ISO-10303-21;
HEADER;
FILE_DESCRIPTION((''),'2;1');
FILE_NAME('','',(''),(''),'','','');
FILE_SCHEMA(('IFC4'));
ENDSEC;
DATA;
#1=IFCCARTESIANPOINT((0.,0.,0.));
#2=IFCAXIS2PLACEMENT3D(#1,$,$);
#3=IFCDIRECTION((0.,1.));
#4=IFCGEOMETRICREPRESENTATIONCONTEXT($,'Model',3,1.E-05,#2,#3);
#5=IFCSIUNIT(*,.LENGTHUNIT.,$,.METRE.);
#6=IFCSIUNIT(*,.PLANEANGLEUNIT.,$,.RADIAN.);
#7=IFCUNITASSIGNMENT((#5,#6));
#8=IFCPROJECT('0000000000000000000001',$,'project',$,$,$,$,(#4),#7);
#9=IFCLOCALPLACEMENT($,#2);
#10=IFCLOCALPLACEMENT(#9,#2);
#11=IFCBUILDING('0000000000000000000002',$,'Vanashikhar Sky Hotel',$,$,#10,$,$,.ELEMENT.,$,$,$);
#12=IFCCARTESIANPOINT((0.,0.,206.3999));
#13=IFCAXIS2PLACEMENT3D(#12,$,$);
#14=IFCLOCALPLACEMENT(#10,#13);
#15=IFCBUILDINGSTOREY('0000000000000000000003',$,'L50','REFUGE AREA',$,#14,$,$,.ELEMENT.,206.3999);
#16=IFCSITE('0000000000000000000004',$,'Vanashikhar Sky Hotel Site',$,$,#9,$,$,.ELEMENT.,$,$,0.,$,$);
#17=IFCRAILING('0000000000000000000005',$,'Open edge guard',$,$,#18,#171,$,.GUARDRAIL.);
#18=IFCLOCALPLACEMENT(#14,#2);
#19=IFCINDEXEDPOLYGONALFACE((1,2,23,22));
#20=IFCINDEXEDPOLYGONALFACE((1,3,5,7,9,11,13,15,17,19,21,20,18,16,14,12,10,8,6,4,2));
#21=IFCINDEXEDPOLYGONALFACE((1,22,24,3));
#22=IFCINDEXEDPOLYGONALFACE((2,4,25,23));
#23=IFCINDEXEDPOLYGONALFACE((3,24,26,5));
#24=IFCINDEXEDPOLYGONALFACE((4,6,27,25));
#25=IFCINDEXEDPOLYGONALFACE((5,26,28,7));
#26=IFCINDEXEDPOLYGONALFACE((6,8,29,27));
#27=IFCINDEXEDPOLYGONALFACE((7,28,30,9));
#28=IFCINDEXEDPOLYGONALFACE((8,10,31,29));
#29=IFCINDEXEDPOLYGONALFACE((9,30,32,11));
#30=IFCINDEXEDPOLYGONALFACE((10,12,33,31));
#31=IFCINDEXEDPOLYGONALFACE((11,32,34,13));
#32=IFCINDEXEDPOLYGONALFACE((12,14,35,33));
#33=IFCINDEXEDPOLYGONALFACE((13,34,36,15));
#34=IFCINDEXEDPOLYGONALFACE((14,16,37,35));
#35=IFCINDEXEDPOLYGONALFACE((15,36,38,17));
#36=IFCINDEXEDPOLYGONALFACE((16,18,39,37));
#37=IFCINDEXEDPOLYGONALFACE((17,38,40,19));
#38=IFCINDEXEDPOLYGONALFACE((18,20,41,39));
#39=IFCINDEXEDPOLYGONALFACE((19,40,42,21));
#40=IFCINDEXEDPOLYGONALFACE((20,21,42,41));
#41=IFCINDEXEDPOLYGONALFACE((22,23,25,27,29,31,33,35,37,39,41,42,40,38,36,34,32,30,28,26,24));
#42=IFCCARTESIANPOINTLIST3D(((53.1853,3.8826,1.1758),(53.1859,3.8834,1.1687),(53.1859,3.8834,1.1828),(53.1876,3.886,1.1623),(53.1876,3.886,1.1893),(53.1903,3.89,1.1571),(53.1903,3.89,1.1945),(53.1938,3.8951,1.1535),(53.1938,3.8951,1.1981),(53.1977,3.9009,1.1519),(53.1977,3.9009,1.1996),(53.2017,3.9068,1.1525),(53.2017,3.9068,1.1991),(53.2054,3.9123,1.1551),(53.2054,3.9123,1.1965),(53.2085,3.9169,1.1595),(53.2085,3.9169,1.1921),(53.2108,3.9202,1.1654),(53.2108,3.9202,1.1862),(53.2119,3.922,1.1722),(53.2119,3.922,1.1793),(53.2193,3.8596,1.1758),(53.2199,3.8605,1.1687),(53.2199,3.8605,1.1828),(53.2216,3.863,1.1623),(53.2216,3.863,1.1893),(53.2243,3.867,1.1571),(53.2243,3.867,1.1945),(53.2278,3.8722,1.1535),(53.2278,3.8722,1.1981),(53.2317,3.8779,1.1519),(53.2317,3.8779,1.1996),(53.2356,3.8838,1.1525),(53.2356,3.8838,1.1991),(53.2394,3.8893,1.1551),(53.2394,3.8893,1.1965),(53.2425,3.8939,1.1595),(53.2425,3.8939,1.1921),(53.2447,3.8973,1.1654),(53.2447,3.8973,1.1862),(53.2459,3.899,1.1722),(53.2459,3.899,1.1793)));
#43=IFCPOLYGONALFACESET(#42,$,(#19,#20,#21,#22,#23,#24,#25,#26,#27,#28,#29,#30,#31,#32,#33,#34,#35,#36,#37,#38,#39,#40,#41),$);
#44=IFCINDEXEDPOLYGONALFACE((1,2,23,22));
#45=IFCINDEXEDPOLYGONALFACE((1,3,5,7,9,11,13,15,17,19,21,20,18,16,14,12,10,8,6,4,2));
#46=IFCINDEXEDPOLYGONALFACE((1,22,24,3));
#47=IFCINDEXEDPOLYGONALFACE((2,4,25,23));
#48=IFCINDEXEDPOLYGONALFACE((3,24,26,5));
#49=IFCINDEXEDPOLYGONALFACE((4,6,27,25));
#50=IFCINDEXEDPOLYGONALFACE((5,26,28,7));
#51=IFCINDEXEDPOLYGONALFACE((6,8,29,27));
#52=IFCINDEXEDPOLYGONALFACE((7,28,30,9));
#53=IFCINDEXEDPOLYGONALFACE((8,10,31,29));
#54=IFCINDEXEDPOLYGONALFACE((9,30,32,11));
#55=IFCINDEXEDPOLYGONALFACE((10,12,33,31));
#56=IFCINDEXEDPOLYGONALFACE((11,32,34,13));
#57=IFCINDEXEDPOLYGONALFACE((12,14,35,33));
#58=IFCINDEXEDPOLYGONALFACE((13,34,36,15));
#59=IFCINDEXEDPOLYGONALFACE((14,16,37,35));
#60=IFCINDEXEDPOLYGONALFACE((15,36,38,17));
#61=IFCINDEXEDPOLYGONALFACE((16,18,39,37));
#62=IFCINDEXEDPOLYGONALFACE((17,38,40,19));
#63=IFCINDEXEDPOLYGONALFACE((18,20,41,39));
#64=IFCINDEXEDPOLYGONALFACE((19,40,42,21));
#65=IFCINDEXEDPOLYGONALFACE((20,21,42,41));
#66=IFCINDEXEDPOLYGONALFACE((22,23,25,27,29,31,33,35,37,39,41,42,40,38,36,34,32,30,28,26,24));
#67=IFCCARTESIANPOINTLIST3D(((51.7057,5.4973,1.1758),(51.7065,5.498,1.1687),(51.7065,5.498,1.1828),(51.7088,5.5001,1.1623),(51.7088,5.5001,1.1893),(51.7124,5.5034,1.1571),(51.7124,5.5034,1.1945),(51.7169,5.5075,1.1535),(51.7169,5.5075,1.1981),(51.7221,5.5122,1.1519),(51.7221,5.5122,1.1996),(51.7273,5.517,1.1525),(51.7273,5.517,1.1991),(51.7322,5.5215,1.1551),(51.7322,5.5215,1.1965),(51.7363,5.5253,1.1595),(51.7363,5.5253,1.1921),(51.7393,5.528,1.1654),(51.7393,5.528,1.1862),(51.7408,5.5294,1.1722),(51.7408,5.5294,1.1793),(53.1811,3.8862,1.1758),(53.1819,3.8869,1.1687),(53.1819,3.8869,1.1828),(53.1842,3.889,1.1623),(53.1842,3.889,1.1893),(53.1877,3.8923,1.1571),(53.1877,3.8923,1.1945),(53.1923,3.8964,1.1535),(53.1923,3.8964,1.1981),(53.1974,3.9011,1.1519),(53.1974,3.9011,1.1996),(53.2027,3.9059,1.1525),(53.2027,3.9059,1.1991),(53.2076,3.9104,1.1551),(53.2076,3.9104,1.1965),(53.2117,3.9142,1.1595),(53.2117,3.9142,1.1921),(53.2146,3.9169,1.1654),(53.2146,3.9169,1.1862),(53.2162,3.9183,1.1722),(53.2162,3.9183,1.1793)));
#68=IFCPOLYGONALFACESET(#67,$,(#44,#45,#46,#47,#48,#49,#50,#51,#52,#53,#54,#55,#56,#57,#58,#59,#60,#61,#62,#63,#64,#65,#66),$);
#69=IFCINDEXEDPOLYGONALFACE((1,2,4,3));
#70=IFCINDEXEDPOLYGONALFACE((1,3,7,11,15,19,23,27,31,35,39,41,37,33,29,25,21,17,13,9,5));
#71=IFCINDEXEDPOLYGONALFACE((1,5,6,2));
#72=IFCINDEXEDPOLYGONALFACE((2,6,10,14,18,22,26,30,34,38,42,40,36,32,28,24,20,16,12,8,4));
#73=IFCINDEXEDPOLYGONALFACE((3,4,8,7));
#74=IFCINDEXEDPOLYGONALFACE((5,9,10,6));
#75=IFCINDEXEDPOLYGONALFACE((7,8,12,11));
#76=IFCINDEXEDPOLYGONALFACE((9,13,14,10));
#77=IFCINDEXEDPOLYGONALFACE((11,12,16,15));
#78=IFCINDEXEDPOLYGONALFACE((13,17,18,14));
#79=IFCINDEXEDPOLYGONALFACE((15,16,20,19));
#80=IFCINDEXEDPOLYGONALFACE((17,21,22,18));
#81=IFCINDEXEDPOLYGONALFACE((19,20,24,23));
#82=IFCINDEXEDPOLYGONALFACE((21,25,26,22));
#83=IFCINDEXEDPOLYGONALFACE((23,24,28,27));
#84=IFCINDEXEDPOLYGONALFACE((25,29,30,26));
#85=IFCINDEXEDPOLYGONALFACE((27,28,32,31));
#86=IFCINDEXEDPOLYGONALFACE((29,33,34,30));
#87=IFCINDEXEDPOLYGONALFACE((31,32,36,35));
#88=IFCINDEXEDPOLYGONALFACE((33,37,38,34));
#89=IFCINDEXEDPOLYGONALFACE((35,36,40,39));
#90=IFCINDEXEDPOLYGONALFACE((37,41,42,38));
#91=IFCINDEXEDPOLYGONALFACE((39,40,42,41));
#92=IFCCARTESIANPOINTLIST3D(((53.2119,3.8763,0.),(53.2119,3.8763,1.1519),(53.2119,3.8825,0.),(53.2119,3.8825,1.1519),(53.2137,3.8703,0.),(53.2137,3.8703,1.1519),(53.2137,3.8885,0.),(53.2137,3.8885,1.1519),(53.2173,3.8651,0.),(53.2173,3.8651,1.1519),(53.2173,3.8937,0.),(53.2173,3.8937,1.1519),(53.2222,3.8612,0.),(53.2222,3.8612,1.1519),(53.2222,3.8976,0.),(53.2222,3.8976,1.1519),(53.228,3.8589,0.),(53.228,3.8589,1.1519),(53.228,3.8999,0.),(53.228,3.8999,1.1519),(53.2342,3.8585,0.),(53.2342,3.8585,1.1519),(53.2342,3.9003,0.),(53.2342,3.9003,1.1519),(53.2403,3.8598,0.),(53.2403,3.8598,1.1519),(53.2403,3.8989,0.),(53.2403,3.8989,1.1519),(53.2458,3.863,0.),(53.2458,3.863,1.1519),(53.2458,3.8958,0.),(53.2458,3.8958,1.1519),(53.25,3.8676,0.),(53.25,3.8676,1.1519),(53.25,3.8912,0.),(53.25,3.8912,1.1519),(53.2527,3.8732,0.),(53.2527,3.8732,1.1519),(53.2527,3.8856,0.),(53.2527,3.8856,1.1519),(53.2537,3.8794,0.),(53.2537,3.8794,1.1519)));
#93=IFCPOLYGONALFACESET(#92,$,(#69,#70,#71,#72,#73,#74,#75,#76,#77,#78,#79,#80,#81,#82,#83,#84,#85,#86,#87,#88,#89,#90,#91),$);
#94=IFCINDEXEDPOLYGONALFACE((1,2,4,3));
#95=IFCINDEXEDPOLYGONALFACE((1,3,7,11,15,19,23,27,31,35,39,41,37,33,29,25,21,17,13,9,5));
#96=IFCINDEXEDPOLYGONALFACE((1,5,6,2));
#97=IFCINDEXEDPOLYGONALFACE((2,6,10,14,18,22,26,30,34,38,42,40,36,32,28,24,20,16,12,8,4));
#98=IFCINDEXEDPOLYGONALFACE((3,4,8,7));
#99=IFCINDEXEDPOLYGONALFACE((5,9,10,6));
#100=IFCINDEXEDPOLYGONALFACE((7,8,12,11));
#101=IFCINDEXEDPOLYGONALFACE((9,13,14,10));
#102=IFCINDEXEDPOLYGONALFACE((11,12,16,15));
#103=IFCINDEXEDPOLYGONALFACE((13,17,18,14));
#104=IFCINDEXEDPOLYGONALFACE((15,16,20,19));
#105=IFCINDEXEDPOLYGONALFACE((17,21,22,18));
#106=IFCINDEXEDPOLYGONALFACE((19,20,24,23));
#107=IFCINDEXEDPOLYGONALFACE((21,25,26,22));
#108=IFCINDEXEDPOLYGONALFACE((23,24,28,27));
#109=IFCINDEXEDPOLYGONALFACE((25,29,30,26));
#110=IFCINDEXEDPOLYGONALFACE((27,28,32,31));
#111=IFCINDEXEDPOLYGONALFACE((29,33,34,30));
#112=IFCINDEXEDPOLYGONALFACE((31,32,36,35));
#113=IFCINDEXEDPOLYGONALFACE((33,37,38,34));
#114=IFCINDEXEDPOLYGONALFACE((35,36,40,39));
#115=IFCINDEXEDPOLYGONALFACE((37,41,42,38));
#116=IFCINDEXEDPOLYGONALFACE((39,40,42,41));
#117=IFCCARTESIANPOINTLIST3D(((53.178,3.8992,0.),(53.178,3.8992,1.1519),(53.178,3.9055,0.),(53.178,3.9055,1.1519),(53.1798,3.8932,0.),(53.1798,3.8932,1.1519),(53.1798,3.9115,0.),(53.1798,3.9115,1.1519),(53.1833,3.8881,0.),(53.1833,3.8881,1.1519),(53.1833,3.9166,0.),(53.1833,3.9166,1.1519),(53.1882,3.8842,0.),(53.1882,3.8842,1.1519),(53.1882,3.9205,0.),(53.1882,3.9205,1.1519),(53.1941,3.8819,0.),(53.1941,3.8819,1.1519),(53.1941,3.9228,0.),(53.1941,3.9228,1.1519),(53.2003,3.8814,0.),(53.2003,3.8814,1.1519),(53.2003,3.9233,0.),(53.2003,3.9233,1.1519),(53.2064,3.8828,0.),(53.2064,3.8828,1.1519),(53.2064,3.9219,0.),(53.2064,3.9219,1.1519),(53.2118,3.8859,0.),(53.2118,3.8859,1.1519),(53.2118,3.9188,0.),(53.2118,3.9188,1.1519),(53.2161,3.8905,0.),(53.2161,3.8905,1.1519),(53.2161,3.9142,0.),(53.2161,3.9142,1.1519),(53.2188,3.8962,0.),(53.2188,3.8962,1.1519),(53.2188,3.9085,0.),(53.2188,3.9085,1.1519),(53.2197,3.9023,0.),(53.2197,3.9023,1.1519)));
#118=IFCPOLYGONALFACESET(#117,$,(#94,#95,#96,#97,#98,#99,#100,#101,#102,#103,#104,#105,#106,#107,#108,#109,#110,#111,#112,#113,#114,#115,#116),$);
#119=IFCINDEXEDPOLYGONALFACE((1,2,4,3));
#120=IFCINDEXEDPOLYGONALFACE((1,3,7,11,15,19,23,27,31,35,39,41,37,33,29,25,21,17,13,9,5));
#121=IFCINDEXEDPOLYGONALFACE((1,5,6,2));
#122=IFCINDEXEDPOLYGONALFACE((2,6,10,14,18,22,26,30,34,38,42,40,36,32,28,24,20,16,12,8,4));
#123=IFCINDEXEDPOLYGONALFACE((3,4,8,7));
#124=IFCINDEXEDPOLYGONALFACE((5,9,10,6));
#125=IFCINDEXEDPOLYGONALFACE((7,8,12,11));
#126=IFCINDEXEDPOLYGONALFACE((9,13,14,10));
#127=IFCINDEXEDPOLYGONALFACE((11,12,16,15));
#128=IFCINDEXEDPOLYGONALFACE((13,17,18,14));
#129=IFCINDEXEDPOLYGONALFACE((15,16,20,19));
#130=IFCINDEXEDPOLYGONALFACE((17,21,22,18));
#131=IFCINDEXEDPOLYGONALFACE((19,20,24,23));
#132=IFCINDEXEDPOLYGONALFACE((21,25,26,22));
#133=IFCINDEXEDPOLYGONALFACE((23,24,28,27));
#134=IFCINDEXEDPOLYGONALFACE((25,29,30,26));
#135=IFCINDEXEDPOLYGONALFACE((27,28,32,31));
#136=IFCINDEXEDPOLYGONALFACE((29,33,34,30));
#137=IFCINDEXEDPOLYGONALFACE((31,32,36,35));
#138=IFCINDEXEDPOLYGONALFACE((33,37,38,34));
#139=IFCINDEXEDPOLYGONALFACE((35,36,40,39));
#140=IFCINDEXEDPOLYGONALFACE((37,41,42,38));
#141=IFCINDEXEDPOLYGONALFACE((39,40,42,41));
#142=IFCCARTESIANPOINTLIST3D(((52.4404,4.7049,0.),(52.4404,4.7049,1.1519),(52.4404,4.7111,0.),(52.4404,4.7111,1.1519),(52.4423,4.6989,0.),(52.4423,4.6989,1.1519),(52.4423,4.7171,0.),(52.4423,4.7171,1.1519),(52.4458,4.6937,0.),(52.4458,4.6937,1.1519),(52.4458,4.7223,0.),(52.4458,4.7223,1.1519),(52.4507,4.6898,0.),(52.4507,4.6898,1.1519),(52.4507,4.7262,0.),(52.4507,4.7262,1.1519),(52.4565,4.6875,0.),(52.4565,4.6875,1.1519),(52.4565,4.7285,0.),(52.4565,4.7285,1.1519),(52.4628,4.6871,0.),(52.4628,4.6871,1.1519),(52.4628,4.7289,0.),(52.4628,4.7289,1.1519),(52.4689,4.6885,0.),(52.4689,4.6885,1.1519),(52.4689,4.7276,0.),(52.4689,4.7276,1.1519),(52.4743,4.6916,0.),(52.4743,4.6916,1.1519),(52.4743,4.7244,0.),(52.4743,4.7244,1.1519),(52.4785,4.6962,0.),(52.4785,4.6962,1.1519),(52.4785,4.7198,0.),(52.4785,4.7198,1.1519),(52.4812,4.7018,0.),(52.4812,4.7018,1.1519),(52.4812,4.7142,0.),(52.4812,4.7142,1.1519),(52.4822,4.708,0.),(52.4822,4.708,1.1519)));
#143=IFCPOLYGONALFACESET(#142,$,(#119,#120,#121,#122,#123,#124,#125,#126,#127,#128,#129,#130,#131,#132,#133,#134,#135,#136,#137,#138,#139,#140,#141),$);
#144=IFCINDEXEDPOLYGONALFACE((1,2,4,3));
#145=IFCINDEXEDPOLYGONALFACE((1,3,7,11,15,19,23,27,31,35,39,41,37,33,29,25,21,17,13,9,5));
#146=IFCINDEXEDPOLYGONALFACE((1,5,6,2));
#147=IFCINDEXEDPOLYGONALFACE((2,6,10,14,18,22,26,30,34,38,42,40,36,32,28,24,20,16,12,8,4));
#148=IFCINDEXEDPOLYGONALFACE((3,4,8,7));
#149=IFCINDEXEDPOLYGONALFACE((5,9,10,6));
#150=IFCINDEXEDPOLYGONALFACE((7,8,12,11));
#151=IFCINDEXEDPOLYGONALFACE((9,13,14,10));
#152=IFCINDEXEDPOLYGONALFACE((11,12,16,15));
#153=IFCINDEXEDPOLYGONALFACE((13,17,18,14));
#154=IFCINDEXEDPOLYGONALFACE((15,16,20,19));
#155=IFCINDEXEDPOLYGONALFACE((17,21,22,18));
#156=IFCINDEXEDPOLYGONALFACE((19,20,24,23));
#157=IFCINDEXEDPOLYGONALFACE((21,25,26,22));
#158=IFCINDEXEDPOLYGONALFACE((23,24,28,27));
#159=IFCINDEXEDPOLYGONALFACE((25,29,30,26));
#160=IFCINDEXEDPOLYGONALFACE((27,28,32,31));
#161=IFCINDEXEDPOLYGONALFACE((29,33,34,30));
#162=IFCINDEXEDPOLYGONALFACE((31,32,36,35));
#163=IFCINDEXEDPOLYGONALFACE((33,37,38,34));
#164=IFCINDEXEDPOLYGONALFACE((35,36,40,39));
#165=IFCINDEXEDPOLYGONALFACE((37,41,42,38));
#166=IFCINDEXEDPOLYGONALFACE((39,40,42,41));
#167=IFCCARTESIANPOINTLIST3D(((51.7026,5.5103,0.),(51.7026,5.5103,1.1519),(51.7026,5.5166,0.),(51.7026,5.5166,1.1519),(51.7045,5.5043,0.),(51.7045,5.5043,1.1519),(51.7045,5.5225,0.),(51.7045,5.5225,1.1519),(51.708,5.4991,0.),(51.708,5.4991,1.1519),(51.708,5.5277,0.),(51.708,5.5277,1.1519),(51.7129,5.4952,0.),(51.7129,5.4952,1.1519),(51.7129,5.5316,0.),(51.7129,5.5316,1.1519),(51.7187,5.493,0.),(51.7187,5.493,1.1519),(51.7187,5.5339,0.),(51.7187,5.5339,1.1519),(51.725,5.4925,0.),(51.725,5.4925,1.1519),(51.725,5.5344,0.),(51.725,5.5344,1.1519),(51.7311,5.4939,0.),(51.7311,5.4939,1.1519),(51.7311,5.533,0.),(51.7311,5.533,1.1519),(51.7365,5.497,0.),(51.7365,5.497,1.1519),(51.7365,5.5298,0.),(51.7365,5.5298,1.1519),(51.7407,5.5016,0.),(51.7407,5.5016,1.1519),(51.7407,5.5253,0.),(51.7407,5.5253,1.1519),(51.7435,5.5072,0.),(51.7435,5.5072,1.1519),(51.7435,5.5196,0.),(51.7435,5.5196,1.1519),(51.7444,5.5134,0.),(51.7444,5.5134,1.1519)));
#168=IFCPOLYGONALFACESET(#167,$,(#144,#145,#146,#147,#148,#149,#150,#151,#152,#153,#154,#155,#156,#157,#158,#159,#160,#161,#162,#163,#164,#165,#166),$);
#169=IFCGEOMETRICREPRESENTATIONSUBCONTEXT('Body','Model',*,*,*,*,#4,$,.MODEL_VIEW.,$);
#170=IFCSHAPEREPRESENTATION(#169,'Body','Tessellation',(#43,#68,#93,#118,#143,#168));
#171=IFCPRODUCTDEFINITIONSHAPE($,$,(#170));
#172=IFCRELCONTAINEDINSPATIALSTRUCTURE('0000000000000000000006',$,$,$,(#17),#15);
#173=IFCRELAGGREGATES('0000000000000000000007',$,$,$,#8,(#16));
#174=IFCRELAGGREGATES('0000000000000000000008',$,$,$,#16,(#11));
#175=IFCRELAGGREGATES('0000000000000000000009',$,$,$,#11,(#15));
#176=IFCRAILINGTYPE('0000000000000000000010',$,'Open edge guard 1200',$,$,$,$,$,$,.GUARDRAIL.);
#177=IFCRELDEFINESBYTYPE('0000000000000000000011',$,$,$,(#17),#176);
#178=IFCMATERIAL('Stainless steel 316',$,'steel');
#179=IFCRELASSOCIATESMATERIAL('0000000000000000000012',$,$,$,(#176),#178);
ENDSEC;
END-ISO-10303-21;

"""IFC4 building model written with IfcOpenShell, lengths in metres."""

from ifc_helpers import new_model, si_unit, direction, frame, origin, origin_2d, place, context, subcontext, project, spatial, circle, extrude, source, transform, mapped, material, type_object, element, save


model = new_model("IFC4")

# Units and contexts
model_context = context("Model", 3, precision=1e-05, world=origin(), true_north=direction((0.0, 1.0)))
body_context = subcontext(model_context, "Body", "Model", "MODEL_VIEW")
ifc_project = project(units=[si_unit("LENGTHUNIT", "METRE"), si_unit("PLANEANGLEUNIT", "RADIAN")], contexts=[model_context])

# Site, building, storey
site_placement = place(None, origin())
site = spatial("IfcSite", under=ifc_project, at=site_placement, Name="Vanashikhar Sky Hotel Site", CompositionType="ELEMENT", RefElevation=0.0)
building_placement = place(site_placement, origin())
building = spatial("IfcBuilding", under=site, at=building_placement, Name="Vanashikhar Sky Hotel", CompositionType="ELEMENT")
storey_placement = place(building_placement, frame((0.0, 0.0, 206.3999)))
storey = spatial("IfcBuildingStorey", under=building, at=storey_placement, Name="L50", Description="REFUGE AREA", CompositionType="ELEMENT", Elevation=206.3999)

# Railing
ifc_material_1 = material(Name="Stainless steel 316", Category="steel")
railing_type = type_object("IfcRailingType", Name="Open edge guard 1200", PredefinedType="GUARDRAIL", material=ifc_material_1)
shared_shape_1 = source(origin(), body_context, "Body", "SweptSolid", [
    extrude(circle(Radius=0.0239, at=origin_2d()), frame((0.0, 0.0, 1.1758), z_axis=(-0.828365, 0.560189, 0.0), x_axis=(-0.560189, -0.828365, 0.0)), (0.0, 0.0, 1.0), 0.041),
    extrude(circle(Radius=0.0239, at=origin_2d()), frame((-0.0339, 0.0229, 1.1758), z_axis=(-0.675355, 0.737493, 0.0), x_axis=(-0.737493, -0.675355, 0.0)), (0.0, 0.0, 1.0), 2.1846),
    extrude(circle(Radius=0.021, at=origin_2d()), origin(), (0.0, 0.0, 1.0), 1.1519),
    extrude(circle(Radius=0.021, at=origin_2d()), frame((-0.0339, 0.0229, 0.0)), (0.0, 0.0, 1.0), 1.1519),
    extrude(circle(Radius=0.021, at=origin_2d()), frame((-0.7715, 0.8286, 0.0)), (0.0, 0.0, 1.0), 1.1519),
    extrude(circle(Radius=0.021, at=origin_2d()), frame((-1.5093, 1.634, 0.0)), (0.0, 0.0, 1.0), 1.1519),
])
railing_1_placement = place(storey_placement, frame((53.2327, 3.8794, 0.0)))
element("IfcRailing", 1, at=railing_1_placement, inside=storey, type_object=railing_type, Name="Open edge guard", PredefinedType="GUARDRAIL", context=body_context, shape_type="MappedRepresentation", body=[
    mapped(shared_shape_1, transform((0.0, 0.0, 0.0), scale=1.0)),
])

save(model, "model.ifc")
